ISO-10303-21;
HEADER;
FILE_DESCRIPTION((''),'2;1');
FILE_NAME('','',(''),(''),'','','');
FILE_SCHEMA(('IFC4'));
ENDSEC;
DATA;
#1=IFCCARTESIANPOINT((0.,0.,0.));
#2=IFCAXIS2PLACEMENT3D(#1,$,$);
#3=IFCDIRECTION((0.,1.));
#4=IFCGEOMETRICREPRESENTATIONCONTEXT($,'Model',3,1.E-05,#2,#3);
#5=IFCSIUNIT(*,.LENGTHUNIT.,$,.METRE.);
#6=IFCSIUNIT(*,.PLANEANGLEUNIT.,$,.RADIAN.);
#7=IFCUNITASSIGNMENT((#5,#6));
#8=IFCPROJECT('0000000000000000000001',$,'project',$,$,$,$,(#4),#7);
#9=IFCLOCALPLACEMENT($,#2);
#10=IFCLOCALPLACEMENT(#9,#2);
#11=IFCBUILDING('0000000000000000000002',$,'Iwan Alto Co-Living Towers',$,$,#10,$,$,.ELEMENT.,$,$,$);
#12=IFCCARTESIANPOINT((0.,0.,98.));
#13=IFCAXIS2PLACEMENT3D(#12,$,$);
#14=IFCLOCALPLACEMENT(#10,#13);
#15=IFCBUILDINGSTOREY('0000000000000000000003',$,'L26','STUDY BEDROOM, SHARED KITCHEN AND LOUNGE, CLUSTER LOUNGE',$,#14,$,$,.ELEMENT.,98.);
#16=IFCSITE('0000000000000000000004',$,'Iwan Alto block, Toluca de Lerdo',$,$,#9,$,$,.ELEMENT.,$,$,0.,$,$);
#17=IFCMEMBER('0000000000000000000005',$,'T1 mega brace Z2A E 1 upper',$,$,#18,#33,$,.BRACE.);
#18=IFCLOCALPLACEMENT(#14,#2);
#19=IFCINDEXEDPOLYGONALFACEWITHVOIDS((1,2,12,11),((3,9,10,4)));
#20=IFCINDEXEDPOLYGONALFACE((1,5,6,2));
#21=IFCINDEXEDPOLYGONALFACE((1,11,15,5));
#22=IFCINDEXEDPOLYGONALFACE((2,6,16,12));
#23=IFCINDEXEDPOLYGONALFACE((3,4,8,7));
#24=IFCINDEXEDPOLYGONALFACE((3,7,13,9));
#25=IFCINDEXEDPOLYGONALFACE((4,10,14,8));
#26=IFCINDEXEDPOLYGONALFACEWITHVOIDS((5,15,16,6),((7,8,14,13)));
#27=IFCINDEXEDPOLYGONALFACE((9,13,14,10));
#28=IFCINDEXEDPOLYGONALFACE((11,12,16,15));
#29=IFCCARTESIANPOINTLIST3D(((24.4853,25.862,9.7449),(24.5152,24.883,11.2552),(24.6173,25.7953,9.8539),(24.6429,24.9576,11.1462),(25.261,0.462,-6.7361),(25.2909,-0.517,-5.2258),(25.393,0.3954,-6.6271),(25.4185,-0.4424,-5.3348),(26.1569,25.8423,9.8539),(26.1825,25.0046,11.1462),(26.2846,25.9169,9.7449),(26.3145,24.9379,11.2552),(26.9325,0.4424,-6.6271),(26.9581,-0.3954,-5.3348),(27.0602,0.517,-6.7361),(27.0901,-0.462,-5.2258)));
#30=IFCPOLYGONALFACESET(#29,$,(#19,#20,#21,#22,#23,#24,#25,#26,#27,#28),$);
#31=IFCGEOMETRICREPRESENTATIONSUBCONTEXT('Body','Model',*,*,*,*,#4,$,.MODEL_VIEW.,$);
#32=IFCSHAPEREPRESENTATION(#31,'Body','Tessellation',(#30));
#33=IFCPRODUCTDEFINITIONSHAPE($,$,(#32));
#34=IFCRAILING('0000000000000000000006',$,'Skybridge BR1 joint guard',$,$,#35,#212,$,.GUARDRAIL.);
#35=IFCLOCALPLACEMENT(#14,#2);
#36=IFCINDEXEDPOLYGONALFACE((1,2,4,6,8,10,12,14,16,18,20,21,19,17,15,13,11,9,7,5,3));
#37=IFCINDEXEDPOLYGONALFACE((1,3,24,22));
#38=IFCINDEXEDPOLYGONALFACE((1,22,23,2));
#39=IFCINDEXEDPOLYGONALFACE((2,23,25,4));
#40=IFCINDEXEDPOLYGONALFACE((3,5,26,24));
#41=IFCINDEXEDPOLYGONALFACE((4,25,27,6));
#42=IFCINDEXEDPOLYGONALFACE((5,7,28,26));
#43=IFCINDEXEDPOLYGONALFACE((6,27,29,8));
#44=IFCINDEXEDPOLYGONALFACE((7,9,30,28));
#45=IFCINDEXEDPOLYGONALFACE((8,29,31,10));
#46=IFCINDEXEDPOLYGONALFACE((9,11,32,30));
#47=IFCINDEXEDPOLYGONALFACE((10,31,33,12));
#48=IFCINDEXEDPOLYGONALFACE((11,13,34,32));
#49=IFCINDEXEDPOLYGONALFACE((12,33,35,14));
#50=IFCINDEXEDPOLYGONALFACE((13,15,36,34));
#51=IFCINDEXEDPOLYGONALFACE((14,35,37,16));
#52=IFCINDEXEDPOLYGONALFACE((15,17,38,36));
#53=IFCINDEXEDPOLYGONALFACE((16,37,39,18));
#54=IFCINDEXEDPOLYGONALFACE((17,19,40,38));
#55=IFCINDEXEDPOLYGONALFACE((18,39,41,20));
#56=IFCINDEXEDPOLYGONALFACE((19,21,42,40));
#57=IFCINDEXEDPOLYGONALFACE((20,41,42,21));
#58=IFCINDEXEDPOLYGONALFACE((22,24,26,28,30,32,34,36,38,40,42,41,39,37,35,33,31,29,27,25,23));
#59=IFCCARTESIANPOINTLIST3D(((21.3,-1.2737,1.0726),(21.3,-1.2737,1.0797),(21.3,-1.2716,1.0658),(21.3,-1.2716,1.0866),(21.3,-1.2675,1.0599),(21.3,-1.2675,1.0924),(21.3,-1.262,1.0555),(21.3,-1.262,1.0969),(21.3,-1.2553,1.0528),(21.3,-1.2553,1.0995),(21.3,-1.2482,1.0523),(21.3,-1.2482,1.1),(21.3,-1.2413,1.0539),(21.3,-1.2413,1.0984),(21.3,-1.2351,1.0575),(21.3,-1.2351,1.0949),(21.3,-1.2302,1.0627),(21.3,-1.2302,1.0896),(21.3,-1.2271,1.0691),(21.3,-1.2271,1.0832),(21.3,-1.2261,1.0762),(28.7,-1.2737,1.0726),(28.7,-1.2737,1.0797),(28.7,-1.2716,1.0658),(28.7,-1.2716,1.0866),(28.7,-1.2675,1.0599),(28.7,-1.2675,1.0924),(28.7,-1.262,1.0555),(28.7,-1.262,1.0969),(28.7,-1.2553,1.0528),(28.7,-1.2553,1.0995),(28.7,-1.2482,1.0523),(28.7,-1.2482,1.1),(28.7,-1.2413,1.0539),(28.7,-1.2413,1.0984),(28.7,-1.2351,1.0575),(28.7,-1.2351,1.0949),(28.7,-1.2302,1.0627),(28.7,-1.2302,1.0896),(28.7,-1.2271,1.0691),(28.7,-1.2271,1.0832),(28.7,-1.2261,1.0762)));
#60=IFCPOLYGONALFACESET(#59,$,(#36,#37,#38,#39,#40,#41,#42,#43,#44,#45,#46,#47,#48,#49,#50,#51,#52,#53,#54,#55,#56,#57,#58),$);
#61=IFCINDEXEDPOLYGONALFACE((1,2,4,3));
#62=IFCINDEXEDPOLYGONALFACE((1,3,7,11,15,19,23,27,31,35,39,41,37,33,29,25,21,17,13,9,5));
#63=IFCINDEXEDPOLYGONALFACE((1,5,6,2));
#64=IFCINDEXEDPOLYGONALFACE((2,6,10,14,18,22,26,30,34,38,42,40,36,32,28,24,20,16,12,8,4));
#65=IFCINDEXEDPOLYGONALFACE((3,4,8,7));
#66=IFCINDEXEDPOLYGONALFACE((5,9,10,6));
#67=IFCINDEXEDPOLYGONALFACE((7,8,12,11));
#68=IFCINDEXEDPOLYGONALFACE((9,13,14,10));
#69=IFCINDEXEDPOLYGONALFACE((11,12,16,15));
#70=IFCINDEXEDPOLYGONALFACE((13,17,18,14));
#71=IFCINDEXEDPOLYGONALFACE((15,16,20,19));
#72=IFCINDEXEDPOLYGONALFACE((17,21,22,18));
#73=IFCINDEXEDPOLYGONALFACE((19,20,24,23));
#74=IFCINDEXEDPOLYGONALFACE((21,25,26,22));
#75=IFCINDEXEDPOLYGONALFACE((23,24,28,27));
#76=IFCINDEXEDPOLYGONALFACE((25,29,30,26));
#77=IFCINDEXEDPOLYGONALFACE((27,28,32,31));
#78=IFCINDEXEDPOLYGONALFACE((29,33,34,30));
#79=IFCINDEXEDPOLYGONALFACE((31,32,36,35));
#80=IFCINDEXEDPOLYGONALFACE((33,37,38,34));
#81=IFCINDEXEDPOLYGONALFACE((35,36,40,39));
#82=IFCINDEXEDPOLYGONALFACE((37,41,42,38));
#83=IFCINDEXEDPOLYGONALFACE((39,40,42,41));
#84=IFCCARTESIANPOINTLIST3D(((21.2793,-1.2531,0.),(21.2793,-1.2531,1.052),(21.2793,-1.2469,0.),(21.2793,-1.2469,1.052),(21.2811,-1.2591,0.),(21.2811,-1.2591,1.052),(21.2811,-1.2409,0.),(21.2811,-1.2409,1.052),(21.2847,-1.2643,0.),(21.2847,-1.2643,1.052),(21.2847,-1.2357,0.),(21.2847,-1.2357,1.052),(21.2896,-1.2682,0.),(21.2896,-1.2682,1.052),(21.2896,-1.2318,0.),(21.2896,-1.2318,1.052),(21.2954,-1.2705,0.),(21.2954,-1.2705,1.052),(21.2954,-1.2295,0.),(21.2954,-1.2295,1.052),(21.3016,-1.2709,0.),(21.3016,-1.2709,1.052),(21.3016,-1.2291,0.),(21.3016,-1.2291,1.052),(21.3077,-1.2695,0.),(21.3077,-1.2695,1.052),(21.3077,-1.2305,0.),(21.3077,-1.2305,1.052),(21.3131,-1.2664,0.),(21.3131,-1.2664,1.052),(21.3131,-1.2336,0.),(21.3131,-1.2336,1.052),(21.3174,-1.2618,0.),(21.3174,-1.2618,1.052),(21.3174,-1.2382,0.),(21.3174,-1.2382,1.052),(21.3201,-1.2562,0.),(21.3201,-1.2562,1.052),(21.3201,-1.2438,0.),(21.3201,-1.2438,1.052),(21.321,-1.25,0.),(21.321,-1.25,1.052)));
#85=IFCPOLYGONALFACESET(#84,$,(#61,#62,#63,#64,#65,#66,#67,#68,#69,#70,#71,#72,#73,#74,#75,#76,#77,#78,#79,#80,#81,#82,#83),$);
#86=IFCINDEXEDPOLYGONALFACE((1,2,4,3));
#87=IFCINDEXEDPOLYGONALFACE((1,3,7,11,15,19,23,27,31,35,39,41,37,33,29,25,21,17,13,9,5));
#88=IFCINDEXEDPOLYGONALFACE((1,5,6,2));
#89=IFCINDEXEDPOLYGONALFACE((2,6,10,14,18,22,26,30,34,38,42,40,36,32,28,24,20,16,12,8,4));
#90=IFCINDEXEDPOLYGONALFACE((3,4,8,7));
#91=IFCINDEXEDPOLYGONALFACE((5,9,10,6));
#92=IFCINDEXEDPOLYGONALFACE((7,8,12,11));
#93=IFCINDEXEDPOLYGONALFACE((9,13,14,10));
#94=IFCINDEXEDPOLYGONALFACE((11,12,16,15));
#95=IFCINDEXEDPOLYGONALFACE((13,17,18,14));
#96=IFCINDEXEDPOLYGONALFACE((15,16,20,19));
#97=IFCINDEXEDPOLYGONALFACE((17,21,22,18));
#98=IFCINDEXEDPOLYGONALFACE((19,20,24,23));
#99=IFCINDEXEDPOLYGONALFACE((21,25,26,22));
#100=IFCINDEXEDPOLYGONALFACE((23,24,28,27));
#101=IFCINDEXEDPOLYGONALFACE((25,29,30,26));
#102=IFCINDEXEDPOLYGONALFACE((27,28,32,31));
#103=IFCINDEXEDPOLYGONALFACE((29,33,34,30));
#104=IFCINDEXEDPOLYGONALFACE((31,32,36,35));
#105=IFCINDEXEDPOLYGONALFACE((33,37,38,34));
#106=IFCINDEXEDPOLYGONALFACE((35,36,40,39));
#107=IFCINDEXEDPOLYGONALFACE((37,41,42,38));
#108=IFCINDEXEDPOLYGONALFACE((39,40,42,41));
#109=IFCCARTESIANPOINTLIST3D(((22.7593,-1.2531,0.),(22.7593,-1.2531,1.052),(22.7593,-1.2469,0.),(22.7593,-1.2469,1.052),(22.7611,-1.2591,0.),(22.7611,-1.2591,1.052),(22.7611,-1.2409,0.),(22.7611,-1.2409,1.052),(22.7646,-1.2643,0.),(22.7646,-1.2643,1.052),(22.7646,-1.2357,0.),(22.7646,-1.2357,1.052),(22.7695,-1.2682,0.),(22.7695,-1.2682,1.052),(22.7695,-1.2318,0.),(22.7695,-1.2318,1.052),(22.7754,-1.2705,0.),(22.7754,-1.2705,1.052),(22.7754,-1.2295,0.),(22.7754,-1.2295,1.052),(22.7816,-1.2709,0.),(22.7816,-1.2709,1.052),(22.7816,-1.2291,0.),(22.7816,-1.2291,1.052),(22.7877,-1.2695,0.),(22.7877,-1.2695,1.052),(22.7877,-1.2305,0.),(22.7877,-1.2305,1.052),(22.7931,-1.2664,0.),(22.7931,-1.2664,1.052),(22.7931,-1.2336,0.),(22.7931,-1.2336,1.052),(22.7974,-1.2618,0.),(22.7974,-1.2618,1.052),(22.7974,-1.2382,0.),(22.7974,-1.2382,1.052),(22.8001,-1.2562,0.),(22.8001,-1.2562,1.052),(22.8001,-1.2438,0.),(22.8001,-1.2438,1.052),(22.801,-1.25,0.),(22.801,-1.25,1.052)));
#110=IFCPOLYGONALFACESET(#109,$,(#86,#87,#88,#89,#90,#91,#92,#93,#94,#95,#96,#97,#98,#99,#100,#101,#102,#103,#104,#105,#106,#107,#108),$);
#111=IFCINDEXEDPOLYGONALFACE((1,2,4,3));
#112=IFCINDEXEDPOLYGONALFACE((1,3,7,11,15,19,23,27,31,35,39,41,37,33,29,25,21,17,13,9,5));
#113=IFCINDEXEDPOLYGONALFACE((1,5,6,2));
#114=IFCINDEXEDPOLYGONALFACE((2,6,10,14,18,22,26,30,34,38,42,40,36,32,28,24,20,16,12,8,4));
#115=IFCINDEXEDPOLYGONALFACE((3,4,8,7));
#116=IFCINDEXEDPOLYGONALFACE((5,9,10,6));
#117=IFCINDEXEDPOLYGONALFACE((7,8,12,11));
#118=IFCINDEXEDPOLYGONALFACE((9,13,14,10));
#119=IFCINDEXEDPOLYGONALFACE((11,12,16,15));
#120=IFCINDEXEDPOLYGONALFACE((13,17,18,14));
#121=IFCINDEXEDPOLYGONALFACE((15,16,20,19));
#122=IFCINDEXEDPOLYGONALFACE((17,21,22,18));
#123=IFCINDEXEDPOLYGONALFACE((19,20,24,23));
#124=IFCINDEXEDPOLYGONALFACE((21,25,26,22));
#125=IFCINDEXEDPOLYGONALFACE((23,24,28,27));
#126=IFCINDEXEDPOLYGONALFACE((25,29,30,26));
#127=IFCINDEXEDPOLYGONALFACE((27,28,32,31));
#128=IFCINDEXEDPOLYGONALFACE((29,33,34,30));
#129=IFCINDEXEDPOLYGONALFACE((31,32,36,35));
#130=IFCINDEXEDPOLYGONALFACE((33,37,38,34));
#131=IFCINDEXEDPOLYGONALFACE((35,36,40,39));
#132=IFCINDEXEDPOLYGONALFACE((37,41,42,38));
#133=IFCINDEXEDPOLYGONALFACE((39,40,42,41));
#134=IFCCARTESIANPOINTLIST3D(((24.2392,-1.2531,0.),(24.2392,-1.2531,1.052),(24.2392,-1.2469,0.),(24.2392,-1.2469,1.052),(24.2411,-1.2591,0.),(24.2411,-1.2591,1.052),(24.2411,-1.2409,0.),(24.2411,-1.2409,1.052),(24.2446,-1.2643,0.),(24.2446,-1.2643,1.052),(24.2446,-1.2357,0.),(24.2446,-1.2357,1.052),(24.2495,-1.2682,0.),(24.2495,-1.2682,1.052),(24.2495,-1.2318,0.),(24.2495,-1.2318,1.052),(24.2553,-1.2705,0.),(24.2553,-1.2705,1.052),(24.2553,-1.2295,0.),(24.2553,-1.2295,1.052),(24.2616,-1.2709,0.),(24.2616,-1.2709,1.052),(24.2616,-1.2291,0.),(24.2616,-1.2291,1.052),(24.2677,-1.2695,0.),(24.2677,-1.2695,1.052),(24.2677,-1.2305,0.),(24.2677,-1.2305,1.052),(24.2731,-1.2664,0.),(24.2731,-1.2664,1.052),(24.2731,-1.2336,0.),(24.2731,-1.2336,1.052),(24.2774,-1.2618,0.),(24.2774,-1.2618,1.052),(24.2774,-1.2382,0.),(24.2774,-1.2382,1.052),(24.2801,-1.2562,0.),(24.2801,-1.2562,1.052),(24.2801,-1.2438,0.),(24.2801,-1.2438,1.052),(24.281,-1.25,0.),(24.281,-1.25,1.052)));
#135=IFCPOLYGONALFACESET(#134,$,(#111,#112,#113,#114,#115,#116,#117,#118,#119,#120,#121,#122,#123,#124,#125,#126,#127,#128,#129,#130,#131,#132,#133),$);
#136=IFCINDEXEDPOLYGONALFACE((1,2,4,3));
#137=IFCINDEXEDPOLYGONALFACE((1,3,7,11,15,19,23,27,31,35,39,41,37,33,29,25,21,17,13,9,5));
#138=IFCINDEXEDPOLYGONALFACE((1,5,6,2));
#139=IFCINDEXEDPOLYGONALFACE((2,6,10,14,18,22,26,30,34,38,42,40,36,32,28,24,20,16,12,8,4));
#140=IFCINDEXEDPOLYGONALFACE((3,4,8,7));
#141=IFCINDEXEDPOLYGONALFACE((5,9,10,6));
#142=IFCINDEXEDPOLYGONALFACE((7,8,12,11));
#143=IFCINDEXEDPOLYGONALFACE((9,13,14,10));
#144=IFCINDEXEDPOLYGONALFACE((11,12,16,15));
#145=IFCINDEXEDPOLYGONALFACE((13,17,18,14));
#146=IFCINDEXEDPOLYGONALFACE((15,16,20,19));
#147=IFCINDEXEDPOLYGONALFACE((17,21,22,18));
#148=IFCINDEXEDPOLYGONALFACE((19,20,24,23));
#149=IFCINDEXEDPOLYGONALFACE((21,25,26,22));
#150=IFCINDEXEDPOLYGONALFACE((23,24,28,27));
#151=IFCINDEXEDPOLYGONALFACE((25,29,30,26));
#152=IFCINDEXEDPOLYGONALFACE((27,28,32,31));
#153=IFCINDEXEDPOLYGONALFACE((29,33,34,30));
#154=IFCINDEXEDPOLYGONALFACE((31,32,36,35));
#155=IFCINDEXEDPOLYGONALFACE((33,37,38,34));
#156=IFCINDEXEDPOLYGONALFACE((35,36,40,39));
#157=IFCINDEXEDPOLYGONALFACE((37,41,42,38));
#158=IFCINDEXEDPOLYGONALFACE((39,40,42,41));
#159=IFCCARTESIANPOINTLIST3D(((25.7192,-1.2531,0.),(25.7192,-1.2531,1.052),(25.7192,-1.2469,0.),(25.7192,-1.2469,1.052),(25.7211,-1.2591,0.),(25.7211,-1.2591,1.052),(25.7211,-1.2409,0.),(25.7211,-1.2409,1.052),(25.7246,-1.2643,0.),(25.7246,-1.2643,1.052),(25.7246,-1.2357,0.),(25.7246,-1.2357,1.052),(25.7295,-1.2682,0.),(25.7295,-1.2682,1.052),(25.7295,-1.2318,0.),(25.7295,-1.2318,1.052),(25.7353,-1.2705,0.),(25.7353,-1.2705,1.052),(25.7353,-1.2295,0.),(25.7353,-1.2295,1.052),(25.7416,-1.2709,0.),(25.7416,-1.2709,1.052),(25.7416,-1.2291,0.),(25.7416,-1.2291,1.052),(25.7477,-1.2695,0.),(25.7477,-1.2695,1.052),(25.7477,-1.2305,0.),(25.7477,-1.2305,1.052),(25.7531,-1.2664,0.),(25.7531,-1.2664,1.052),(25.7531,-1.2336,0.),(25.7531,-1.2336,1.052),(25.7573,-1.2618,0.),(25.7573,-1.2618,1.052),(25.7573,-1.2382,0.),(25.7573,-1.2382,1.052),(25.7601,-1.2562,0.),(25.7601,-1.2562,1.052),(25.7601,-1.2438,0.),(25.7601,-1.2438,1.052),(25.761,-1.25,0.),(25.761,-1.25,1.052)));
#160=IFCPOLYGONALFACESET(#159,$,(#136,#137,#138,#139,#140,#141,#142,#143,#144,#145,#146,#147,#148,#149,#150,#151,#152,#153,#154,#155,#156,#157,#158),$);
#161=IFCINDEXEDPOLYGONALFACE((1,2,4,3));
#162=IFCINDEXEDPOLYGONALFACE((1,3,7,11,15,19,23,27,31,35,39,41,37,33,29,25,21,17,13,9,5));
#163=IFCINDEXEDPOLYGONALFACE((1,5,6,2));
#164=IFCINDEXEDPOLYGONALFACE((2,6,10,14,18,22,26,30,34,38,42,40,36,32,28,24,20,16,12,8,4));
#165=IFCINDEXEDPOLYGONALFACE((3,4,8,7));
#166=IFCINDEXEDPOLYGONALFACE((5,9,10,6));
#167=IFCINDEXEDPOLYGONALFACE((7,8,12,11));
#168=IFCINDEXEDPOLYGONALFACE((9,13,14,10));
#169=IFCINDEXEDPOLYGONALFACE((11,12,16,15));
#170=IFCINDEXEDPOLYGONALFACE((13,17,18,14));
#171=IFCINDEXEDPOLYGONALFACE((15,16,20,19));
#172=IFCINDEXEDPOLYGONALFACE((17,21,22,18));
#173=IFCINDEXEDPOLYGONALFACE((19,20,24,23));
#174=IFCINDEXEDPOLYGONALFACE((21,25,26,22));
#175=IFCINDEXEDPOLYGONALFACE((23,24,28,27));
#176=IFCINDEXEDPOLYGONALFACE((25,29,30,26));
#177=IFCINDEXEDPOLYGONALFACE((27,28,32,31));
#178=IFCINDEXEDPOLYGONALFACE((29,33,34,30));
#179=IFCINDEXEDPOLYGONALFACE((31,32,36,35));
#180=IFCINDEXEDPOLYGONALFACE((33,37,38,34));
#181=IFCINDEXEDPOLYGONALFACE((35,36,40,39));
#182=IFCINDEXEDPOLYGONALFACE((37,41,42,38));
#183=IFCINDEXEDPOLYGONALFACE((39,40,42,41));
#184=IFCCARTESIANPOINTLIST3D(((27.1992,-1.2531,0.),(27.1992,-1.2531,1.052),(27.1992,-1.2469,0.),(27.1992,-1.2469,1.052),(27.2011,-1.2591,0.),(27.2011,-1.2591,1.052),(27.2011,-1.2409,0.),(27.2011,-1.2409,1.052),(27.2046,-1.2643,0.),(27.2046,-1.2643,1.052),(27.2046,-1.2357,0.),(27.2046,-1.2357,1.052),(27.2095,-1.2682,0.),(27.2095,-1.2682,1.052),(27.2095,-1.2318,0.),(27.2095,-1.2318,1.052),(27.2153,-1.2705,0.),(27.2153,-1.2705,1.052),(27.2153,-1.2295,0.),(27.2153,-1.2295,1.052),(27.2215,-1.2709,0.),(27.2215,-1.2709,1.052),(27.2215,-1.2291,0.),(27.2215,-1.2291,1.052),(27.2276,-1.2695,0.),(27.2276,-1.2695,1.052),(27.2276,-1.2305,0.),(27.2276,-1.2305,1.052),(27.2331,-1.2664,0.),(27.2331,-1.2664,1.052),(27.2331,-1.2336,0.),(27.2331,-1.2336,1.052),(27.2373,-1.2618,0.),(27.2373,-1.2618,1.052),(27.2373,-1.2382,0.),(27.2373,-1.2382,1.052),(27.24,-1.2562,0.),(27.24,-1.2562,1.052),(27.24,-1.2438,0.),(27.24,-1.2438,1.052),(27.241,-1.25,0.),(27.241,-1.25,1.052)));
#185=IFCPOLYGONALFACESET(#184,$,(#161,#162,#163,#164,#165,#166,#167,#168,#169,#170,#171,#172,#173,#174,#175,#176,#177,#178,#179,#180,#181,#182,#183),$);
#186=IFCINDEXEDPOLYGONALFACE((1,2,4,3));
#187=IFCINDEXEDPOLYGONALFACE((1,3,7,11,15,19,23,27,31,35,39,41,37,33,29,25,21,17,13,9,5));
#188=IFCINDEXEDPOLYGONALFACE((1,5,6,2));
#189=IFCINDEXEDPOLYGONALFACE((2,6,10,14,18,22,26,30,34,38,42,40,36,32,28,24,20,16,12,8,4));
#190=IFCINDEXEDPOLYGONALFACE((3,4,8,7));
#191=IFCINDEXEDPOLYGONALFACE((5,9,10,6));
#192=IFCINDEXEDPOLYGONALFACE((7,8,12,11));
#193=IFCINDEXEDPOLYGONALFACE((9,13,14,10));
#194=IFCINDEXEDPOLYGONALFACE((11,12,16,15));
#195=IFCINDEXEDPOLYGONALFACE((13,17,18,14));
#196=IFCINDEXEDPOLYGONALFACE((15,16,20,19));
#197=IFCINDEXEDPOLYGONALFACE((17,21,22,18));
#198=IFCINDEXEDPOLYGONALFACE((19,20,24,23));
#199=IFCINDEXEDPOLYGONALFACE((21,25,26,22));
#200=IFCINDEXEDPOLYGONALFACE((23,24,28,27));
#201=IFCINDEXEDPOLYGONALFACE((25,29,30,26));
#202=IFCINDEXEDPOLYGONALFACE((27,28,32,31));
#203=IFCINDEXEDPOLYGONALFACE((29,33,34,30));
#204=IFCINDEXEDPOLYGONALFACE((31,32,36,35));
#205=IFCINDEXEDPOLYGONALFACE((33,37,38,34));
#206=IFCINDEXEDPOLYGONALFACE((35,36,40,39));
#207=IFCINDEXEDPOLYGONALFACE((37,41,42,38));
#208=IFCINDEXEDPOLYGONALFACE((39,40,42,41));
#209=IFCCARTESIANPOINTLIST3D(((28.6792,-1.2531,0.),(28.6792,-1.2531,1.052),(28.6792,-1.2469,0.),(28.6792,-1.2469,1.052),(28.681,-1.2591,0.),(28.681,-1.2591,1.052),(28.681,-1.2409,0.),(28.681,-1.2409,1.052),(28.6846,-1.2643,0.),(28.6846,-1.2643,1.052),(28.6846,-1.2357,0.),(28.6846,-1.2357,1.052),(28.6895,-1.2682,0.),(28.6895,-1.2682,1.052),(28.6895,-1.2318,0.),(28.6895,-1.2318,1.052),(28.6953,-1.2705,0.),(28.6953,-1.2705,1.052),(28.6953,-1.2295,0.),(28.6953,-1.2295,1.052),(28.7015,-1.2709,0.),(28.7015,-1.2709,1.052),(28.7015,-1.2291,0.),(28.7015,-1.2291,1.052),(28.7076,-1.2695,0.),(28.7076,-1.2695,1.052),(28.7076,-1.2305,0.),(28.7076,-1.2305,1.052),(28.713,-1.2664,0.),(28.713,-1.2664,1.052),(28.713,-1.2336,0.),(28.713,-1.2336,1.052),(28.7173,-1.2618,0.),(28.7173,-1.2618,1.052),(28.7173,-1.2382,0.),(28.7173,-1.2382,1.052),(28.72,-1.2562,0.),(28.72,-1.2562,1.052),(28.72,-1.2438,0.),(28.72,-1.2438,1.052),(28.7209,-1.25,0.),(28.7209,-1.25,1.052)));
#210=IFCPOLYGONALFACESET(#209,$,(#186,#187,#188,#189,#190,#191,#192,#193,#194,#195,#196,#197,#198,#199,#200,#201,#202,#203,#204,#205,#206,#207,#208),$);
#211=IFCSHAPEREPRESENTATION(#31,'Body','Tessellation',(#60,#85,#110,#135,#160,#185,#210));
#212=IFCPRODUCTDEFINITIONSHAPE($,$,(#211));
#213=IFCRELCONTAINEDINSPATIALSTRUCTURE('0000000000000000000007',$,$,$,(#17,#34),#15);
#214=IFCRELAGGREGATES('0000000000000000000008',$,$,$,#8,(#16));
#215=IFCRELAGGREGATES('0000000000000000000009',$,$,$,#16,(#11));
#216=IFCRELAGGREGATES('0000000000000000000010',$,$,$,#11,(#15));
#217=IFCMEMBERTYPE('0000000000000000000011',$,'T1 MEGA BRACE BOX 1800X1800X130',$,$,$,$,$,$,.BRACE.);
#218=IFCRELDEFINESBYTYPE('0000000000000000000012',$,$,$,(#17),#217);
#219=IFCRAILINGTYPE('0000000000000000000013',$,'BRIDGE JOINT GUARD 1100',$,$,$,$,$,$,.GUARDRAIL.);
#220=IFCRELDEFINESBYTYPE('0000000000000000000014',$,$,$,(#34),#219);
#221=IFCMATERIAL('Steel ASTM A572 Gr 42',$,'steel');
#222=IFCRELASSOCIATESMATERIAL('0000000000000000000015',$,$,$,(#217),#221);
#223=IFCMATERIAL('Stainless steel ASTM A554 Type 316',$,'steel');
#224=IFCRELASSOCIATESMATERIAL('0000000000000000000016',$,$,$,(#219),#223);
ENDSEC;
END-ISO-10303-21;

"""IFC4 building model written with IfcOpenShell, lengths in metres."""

from ifc_helpers import new_model, si_unit, direction, frame, origin, origin_2d, place, context, subcontext, project, spatial, hollow_rectangle, circle, extrude, material, material_profile, profile_set, type_object, element, save


model = new_model("IFC4")

# Units and contexts
model_context = context("Model", 3, precision=1e-05, world=origin(), true_north=direction((0.0, 1.0)))
body_context = subcontext(model_context, "Body", "Model", "MODEL_VIEW")
ifc_project = project(units=[si_unit("LENGTHUNIT", "METRE"), si_unit("PLANEANGLEUNIT", "RADIAN")], contexts=[model_context])

# Site, building, storey
site_placement = place(None, origin())
site = spatial("IfcSite", under=ifc_project, at=site_placement, Name="Iwan Alto block, Toluca de Lerdo", CompositionType="ELEMENT", RefElevation=0.0)
building_placement = place(site_placement, origin())
building = spatial("IfcBuilding", under=site, at=building_placement, Name="Iwan Alto Co-Living Towers", CompositionType="ELEMENT")
storey_placement = place(building_placement, frame((0.0, 0.0, 98.0)))
storey = spatial("IfcBuildingStorey", under=building, at=storey_placement, Name="L26", Description="STUDY BEDROOM, SHARED KITCHEN AND LOUNGE, CLUSTER LOUNGE", CompositionType="ELEMENT", Elevation=98.0)

# Member
ifc_material_1 = material(Name="Steel ASTM A572 Gr 42", Category="steel")
ifc_material_profile_1 = material_profile(ifc_material_1, hollow_rectangle(XDim=1.8, YDim=1.8, WallThickness=0.1299, at=origin_2d()), Name="BOX 1800X1800X130")
ifc_profile_set_1 = profile_set([ifc_material_profile_1], Name="Steel ASTM A572 Gr 42")
member_type_1 = type_object("IfcMemberType", Name="T1 MEGA BRACE BOX 1800X1800X130", PredefinedType="BRACE", material=ifc_profile_set_1)
member_1_placement = place(storey_placement, frame((26.1755, 0.0, -5.981), z_axis=(-0.025608, 0.838606, 0.544137), x_axis=(-0.999534, -0.030523, 0.0)))
element("IfcMember", 1, at=member_1_placement, inside=storey, type_object=member_type_1, Name="T1 mega brace Z2A E 1 upper", PredefinedType="BRACE", context=body_context, shape_type="SweptSolid", body=[
    extrude(hollow_rectangle(XDim=1.8, YDim=1.8, WallThickness=0.1299, at=origin_2d()), origin(), (0.0, 0.0, 1.0), 30.2883),
])

# Railing
ifc_material_2 = material(Name="Stainless steel ASTM A554 Type 316", Category="steel")
railing_type = type_object("IfcRailingType", Name="BRIDGE JOINT GUARD 1100", PredefinedType="GUARDRAIL", material=ifc_material_2)
railing_1_placement = place(storey_placement, frame((21.3, -1.25, 0.0)))
element("IfcRailing", 2, at=railing_1_placement, inside=storey, type_object=railing_type, Name="Skybridge BR1 joint guard", PredefinedType="GUARDRAIL", context=body_context, shape_type="SweptSolid", body=[
    extrude(circle(Radius=0.0239, at=origin_2d()), frame((0.0, 0.0, 1.0762), z_axis=(1.0, 0.0, 0.0), x_axis=(0.0, 1.0, 0.0)), (0.0, 0.0, 1.0), 7.3999),
    extrude(circle(Radius=0.021, at=origin_2d()), origin(), (0.0, 0.0, 1.0), 1.052),
    extrude(circle(Radius=0.021, at=origin_2d()), frame((1.48, 0.0, 0.0)), (0.0, 0.0, 1.0), 1.052),
    extrude(circle(Radius=0.021, at=origin_2d()), frame((2.96, 0.0, 0.0)), (0.0, 0.0, 1.0), 1.052),
    extrude(circle(Radius=0.021, at=origin_2d()), frame((4.4399, 0.0, 0.0)), (0.0, 0.0, 1.0), 1.052),
    extrude(circle(Radius=0.021, at=origin_2d()), frame((5.9199, 0.0, 0.0)), (0.0, 0.0, 1.0), 1.052),
    extrude(circle(Radius=0.021, at=origin_2d()), frame((7.3999, 0.0, 0.0)), (0.0, 0.0, 1.0), 1.052),
])

save(model, "model.ifc")
